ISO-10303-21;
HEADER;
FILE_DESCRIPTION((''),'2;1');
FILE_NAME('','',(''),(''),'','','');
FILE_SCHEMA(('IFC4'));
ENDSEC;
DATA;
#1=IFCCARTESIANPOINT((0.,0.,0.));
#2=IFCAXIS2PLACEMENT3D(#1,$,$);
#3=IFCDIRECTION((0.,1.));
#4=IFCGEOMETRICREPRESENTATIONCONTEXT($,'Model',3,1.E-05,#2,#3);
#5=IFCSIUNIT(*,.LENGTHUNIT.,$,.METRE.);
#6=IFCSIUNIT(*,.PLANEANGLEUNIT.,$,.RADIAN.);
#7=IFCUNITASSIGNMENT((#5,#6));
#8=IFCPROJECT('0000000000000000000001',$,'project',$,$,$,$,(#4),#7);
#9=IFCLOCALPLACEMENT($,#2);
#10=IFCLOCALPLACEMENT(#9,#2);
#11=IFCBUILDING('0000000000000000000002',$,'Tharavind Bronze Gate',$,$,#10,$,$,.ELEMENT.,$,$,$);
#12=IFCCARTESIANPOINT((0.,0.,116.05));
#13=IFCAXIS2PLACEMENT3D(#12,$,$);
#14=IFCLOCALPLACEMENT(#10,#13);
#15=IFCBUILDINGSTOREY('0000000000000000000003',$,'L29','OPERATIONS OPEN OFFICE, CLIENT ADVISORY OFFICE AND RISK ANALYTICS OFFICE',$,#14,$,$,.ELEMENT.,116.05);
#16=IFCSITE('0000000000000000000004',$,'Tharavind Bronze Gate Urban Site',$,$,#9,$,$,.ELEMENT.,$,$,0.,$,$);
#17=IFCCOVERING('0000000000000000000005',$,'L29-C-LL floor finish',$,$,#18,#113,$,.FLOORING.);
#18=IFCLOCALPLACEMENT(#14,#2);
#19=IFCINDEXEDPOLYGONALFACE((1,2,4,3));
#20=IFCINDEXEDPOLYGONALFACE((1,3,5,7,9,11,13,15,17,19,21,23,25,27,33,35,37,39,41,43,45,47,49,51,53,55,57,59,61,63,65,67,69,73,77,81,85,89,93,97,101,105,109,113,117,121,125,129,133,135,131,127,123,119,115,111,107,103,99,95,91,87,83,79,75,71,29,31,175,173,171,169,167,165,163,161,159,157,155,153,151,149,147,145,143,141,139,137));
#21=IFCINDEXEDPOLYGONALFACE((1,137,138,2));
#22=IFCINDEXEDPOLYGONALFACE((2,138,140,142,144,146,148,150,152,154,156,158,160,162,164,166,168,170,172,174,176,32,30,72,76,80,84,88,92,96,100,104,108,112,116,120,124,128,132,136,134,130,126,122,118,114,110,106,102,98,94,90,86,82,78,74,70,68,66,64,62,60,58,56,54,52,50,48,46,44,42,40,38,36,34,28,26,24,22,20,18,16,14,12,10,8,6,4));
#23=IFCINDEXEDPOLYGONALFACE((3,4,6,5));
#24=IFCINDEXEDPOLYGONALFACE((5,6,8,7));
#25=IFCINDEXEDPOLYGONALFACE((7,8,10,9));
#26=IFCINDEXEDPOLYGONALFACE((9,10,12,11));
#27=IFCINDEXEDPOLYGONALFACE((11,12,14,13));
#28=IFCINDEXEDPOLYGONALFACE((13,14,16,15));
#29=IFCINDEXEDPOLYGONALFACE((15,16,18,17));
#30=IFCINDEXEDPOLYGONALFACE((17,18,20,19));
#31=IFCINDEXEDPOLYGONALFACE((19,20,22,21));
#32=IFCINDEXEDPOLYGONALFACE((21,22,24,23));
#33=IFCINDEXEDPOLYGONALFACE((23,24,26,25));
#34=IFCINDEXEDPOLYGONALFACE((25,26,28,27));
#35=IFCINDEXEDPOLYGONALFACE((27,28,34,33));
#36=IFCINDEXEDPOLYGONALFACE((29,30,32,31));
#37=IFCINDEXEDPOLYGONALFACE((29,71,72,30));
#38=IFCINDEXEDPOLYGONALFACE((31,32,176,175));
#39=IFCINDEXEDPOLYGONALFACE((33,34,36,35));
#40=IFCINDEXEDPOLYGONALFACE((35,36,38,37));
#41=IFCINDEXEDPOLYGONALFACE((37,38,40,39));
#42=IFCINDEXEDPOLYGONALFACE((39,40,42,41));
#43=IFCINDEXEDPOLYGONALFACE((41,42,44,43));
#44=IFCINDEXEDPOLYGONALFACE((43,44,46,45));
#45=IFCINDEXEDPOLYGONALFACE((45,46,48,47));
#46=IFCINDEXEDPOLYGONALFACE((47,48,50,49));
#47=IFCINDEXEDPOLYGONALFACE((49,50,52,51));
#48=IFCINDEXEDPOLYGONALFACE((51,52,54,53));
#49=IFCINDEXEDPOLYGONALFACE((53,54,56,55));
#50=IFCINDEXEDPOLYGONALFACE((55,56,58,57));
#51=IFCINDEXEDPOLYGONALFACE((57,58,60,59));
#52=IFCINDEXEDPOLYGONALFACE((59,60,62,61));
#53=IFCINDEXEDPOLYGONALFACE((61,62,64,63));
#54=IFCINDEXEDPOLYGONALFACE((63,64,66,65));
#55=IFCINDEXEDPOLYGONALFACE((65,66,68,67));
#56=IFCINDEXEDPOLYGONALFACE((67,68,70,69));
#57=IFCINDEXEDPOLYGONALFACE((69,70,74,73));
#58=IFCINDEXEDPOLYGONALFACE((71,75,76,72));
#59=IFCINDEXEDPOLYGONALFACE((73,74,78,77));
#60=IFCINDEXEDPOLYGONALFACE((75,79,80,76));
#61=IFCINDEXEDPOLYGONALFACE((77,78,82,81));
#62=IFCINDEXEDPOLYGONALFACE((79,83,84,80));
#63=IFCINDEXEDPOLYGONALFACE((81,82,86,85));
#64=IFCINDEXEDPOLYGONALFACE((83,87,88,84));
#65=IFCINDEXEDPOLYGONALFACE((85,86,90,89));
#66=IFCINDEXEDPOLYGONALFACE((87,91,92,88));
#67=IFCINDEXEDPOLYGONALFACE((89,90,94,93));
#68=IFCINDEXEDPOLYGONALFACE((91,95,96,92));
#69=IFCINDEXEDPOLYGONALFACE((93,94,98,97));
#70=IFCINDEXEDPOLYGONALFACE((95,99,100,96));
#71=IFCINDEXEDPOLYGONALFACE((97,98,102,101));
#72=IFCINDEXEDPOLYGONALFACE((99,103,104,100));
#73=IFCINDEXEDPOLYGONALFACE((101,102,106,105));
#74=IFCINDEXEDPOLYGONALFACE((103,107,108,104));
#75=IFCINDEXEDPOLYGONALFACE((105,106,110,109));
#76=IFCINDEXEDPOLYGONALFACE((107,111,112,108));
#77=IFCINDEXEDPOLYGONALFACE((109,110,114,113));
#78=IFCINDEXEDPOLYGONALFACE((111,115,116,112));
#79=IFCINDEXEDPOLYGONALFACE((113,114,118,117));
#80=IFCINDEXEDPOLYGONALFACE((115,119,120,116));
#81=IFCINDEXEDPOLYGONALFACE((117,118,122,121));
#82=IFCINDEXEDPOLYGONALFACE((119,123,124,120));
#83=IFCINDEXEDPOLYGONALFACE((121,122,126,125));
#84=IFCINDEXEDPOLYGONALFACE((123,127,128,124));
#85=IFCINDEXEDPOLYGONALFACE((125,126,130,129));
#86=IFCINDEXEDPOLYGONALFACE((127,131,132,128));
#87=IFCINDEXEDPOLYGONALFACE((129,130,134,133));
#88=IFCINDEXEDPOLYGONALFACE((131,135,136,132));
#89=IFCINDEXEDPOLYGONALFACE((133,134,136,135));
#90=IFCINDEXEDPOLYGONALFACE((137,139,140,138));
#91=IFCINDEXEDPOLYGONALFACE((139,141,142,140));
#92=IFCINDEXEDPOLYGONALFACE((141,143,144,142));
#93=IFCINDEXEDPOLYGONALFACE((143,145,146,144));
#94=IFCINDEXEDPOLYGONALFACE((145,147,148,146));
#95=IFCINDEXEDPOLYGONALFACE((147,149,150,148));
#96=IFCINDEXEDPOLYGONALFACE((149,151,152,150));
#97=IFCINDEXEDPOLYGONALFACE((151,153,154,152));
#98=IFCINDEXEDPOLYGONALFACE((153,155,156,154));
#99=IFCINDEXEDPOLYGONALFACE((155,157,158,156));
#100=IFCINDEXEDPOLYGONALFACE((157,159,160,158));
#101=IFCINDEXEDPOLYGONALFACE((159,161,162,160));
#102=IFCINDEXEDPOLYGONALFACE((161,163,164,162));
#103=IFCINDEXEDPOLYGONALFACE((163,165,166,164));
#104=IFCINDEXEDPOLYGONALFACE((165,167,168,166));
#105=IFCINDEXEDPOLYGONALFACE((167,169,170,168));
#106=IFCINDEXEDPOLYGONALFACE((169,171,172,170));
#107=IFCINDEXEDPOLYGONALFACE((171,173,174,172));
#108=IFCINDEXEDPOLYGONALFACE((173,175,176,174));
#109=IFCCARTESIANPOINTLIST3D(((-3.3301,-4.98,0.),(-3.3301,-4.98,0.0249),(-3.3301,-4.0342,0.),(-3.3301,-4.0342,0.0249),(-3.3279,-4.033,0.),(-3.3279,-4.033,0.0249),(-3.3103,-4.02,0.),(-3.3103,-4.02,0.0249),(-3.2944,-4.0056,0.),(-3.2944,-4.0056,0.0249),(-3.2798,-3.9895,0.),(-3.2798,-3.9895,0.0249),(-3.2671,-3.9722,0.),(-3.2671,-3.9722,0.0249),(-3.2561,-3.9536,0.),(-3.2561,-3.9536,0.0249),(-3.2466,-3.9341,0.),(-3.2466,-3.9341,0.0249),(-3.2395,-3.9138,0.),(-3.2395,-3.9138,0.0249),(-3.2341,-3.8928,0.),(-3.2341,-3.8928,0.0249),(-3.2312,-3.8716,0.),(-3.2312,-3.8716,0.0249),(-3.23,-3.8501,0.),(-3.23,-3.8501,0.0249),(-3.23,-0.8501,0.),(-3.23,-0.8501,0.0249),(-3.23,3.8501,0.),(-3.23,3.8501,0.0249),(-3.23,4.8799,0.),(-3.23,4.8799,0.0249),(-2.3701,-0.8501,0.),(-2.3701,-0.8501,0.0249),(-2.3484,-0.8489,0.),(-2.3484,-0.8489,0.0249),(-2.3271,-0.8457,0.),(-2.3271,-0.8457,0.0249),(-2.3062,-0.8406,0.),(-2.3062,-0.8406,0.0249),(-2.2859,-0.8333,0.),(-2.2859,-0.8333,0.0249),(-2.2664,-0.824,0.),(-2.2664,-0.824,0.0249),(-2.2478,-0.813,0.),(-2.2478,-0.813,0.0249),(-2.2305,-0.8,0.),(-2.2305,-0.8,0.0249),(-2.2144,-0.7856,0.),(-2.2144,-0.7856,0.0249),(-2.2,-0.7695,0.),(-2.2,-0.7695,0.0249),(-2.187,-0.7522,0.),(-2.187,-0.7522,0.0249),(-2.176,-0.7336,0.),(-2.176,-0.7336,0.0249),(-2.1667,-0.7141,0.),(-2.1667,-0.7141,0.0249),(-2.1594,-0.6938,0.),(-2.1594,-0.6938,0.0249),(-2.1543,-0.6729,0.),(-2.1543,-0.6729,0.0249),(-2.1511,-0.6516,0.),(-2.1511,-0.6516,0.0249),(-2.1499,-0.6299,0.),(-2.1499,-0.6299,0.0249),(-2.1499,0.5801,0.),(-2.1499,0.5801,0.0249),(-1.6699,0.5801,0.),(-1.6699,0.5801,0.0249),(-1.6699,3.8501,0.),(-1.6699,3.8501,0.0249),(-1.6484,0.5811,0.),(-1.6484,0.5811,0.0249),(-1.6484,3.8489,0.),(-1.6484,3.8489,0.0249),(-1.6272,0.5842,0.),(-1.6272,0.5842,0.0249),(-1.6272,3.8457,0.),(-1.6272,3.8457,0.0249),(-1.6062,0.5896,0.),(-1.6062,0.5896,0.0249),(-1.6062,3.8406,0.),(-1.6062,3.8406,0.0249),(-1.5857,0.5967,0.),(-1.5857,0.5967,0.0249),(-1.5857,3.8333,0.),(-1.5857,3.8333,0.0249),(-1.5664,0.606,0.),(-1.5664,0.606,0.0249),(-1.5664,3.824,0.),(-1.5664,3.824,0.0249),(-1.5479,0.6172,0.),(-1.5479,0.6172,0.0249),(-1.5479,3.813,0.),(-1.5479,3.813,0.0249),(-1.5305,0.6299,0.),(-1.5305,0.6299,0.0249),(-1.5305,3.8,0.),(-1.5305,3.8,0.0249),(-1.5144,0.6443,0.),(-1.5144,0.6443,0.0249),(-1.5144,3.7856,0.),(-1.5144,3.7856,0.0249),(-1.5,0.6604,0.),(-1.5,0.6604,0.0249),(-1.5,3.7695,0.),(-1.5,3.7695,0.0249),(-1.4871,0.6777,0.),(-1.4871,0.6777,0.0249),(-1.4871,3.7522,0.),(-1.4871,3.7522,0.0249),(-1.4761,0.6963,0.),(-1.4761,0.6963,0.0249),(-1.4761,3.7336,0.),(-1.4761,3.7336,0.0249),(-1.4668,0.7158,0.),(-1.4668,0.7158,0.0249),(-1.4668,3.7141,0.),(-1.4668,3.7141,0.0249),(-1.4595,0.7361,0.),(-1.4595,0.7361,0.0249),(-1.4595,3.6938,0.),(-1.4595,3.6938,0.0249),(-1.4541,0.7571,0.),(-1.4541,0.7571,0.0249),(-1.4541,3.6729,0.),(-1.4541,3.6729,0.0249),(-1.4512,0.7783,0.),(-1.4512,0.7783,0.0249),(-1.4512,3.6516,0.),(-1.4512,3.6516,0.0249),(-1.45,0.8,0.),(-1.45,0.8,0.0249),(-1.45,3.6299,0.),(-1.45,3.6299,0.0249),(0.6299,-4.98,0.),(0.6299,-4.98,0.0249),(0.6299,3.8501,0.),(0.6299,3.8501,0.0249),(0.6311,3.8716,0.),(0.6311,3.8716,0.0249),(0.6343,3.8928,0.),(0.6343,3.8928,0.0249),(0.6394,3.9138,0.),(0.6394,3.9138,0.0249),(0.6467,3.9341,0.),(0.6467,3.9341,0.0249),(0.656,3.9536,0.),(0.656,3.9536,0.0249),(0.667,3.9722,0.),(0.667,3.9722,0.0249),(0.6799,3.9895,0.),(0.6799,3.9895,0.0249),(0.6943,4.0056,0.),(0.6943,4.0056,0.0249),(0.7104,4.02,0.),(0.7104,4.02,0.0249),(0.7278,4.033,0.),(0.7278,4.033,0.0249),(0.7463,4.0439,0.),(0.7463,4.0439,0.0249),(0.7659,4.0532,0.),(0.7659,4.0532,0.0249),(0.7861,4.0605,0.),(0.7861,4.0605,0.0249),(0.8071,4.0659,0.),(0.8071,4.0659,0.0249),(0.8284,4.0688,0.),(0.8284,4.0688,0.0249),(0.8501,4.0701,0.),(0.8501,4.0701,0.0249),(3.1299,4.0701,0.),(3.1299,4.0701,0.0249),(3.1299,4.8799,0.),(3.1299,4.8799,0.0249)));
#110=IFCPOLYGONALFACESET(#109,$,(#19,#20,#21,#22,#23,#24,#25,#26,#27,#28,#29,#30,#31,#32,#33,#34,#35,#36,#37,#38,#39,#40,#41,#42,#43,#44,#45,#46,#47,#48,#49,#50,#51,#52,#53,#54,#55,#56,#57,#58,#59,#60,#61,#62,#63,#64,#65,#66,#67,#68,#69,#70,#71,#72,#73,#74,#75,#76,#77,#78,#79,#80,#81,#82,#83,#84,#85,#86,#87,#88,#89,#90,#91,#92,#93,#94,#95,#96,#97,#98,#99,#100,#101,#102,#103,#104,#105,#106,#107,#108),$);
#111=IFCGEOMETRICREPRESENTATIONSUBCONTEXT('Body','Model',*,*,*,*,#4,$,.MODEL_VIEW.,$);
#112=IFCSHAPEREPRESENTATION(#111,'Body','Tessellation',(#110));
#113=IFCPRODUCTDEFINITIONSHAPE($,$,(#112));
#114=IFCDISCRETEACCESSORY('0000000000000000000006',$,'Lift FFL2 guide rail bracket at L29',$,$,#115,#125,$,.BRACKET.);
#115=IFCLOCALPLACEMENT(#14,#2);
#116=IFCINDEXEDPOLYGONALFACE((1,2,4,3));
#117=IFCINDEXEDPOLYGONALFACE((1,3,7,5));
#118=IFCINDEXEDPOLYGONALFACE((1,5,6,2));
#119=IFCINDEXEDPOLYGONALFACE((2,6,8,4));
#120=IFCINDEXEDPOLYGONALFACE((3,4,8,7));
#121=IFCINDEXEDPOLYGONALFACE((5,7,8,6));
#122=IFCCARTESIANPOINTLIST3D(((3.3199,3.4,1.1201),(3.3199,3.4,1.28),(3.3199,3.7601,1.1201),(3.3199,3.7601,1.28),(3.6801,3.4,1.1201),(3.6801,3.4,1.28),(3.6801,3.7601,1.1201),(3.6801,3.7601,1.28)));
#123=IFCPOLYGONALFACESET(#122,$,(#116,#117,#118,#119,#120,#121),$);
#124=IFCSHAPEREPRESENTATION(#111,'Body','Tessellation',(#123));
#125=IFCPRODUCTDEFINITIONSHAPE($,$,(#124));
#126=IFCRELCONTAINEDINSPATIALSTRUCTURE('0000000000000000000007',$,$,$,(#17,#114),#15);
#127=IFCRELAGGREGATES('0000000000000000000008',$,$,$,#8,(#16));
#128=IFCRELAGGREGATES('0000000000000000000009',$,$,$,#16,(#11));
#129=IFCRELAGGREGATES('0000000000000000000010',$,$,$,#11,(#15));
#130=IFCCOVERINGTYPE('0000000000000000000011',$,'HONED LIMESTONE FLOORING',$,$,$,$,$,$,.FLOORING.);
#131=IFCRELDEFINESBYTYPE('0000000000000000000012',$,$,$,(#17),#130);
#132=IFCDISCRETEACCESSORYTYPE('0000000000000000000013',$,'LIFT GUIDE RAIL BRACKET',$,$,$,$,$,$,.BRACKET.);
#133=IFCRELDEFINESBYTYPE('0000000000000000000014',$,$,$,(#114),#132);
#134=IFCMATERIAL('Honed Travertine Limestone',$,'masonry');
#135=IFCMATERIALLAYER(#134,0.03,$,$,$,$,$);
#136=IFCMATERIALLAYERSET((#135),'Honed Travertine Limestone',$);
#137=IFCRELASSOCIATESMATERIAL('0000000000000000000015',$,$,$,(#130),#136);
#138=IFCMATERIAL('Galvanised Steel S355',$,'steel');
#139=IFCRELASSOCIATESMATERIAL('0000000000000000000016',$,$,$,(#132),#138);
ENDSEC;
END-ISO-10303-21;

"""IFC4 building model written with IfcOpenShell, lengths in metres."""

from ifc_helpers import new_model, si_unit, direction, frame, origin, origin_2d, place, context, subcontext, project, spatial, polyline, rectangle, outline, extrude, material, layer, layer_set, type_object, element, save


model = new_model("IFC4")

# Units and contexts
model_context = context("Model", 3, precision=1e-05, world=origin(), true_north=direction((0.0, 1.0)))
body_context = subcontext(model_context, "Body", "Model", "MODEL_VIEW")
ifc_project = project(units=[si_unit("LENGTHUNIT", "METRE"), si_unit("PLANEANGLEUNIT", "RADIAN")], contexts=[model_context])

# Site, building, storey
site_placement = place(None, origin())
site = spatial("IfcSite", under=ifc_project, at=site_placement, Name="Tharavind Bronze Gate Urban Site", CompositionType="ELEMENT", RefElevation=0.0)
building_placement = place(site_placement, origin())
building = spatial("IfcBuilding", under=site, at=building_placement, Name="Tharavind Bronze Gate", CompositionType="ELEMENT")
storey_placement = place(building_placement, frame((0.0, 0.0, 116.05)))
storey = spatial("IfcBuildingStorey", under=building, at=storey_placement, Name="L29", Description="OPERATIONS OPEN OFFICE, CLIENT ADVISORY OFFICE AND RISK ANALYTICS OFFICE", CompositionType="ELEMENT", Elevation=116.05)

# Covering
ifc_material_1 = material(Name="Honed Travertine Limestone", Category="masonry")
ifc_layer_1 = layer(ifc_material_1, 0.03)
ifc_layer_set_1 = layer_set([ifc_layer_1], Name="Honed Travertine Limestone")
covering_type_1 = type_object("IfcCoveringType", Name="HONED LIMESTONE FLOORING", PredefinedType="FLOORING", material=ifc_layer_set_1)
covering_1_placement = place(storey_placement, origin())
element("IfcCovering", 1, at=covering_1_placement, inside=storey, type_object=covering_type_1, Name="L29-C-LL floor finish", PredefinedType="FLOORING", context=body_context, shape_type="SweptSolid", body=[
    extrude(outline(polyline([(-3.3301, -4.98), (0.6299, -4.98), (0.6299, 3.8501), (0.6311, 3.8716), (0.6343, 3.8928), (0.6394, 3.9138), (0.6467, 3.9341), (0.656, 3.9536), (0.667, 3.9722), (0.6799, 3.9895), (0.6943, 4.0056), (0.7104, 4.02), (0.7278, 4.033), (0.7463, 4.0439), (0.7659, 4.0532), (0.7861, 4.0605), (0.8071, 4.0659), (0.8284, 4.0688), (0.8501, 4.0701), (3.1299, 4.0701), (3.1299, 4.8799), (-3.23, 4.8799), (-3.23, 3.8501), (-1.6699, 3.8501), (-1.6484, 3.8489), (-1.6272, 3.8457), (-1.6062, 3.8406), (-1.5857, 3.8333), (-1.5664, 3.824), (-1.5479, 3.813), (-1.5305, 3.8), (-1.5144, 3.7856), (-1.5, 3.7695), (-1.4871, 3.7522), (-1.4761, 3.7336), (-1.4668, 3.7141), (-1.4595, 3.6938), (-1.4541, 3.6729), (-1.4512, 3.6516), (-1.45, 3.6299), (-1.45, 0.8), (-1.4512, 0.7783), (-1.4541, 0.7571), (-1.4595, 0.7361), (-1.4668, 0.7158), (-1.4761, 0.6963), (-1.4871, 0.6777), (-1.5, 0.6604), (-1.5144, 0.6443), (-1.5305, 0.6299), (-1.5479, 0.6172), (-1.5664, 0.606), (-1.5857, 0.5967), (-1.6062, 0.5896), (-1.6272, 0.5842), (-1.6484, 0.5811), (-1.6699, 0.5801), (-2.1499, 0.5801), (-2.1499, -0.6299), (-2.1511, -0.6516), (-2.1543, -0.6729), (-2.1594, -0.6938), (-2.1667, -0.7141), (-2.176, -0.7336), (-2.187, -0.7522), (-2.2, -0.7695), (-2.2144, -0.7856), (-2.2305, -0.8), (-2.2478, -0.813), (-2.2664, -0.824), (-2.2859, -0.8333), (-2.3062, -0.8406), (-2.3271, -0.8457), (-2.3484, -0.8489), (-2.3701, -0.8501), (-3.23, -0.8501), (-3.23, -3.8501), (-3.2312, -3.8716), (-3.2341, -3.8928), (-3.2395, -3.9138), (-3.2466, -3.9341), (-3.2561, -3.9536), (-3.2671, -3.9722), (-3.2798, -3.9895), (-3.2944, -4.0056), (-3.3103, -4.02), (-3.3279, -4.033), (-3.3301, -4.0342), (-3.3301, -4.98)])), origin(), (0.0, 0.0, 1.0), 0.0249),
])

# Discrete accessory
ifc_material_2 = material(Name="Galvanised Steel S355", Category="steel")
discrete_accessory_type = type_object("IfcDiscreteAccessoryType", Name="LIFT GUIDE RAIL BRACKET", PredefinedType="BRACKET", material=ifc_material_2)
discrete_accessory_placement = place(storey_placement, frame((3.5, 3.5801, 1.1201), z_axis=(0.0, 0.0, 1.0), x_axis=(1.0, 0.0, 0.0)))
element("IfcDiscreteAccessory", 2, at=discrete_accessory_placement, inside=storey, type_object=discrete_accessory_type, Name="Lift FFL2 guide rail bracket at L29", PredefinedType="BRACKET", context=body_context, shape_type="SweptSolid", body=[
    extrude(rectangle(XDim=0.3601, YDim=0.3601, at=origin_2d()), origin(), (0.0, 0.0, 1.0), 0.1599),
])

save(model, "model.ifc")
